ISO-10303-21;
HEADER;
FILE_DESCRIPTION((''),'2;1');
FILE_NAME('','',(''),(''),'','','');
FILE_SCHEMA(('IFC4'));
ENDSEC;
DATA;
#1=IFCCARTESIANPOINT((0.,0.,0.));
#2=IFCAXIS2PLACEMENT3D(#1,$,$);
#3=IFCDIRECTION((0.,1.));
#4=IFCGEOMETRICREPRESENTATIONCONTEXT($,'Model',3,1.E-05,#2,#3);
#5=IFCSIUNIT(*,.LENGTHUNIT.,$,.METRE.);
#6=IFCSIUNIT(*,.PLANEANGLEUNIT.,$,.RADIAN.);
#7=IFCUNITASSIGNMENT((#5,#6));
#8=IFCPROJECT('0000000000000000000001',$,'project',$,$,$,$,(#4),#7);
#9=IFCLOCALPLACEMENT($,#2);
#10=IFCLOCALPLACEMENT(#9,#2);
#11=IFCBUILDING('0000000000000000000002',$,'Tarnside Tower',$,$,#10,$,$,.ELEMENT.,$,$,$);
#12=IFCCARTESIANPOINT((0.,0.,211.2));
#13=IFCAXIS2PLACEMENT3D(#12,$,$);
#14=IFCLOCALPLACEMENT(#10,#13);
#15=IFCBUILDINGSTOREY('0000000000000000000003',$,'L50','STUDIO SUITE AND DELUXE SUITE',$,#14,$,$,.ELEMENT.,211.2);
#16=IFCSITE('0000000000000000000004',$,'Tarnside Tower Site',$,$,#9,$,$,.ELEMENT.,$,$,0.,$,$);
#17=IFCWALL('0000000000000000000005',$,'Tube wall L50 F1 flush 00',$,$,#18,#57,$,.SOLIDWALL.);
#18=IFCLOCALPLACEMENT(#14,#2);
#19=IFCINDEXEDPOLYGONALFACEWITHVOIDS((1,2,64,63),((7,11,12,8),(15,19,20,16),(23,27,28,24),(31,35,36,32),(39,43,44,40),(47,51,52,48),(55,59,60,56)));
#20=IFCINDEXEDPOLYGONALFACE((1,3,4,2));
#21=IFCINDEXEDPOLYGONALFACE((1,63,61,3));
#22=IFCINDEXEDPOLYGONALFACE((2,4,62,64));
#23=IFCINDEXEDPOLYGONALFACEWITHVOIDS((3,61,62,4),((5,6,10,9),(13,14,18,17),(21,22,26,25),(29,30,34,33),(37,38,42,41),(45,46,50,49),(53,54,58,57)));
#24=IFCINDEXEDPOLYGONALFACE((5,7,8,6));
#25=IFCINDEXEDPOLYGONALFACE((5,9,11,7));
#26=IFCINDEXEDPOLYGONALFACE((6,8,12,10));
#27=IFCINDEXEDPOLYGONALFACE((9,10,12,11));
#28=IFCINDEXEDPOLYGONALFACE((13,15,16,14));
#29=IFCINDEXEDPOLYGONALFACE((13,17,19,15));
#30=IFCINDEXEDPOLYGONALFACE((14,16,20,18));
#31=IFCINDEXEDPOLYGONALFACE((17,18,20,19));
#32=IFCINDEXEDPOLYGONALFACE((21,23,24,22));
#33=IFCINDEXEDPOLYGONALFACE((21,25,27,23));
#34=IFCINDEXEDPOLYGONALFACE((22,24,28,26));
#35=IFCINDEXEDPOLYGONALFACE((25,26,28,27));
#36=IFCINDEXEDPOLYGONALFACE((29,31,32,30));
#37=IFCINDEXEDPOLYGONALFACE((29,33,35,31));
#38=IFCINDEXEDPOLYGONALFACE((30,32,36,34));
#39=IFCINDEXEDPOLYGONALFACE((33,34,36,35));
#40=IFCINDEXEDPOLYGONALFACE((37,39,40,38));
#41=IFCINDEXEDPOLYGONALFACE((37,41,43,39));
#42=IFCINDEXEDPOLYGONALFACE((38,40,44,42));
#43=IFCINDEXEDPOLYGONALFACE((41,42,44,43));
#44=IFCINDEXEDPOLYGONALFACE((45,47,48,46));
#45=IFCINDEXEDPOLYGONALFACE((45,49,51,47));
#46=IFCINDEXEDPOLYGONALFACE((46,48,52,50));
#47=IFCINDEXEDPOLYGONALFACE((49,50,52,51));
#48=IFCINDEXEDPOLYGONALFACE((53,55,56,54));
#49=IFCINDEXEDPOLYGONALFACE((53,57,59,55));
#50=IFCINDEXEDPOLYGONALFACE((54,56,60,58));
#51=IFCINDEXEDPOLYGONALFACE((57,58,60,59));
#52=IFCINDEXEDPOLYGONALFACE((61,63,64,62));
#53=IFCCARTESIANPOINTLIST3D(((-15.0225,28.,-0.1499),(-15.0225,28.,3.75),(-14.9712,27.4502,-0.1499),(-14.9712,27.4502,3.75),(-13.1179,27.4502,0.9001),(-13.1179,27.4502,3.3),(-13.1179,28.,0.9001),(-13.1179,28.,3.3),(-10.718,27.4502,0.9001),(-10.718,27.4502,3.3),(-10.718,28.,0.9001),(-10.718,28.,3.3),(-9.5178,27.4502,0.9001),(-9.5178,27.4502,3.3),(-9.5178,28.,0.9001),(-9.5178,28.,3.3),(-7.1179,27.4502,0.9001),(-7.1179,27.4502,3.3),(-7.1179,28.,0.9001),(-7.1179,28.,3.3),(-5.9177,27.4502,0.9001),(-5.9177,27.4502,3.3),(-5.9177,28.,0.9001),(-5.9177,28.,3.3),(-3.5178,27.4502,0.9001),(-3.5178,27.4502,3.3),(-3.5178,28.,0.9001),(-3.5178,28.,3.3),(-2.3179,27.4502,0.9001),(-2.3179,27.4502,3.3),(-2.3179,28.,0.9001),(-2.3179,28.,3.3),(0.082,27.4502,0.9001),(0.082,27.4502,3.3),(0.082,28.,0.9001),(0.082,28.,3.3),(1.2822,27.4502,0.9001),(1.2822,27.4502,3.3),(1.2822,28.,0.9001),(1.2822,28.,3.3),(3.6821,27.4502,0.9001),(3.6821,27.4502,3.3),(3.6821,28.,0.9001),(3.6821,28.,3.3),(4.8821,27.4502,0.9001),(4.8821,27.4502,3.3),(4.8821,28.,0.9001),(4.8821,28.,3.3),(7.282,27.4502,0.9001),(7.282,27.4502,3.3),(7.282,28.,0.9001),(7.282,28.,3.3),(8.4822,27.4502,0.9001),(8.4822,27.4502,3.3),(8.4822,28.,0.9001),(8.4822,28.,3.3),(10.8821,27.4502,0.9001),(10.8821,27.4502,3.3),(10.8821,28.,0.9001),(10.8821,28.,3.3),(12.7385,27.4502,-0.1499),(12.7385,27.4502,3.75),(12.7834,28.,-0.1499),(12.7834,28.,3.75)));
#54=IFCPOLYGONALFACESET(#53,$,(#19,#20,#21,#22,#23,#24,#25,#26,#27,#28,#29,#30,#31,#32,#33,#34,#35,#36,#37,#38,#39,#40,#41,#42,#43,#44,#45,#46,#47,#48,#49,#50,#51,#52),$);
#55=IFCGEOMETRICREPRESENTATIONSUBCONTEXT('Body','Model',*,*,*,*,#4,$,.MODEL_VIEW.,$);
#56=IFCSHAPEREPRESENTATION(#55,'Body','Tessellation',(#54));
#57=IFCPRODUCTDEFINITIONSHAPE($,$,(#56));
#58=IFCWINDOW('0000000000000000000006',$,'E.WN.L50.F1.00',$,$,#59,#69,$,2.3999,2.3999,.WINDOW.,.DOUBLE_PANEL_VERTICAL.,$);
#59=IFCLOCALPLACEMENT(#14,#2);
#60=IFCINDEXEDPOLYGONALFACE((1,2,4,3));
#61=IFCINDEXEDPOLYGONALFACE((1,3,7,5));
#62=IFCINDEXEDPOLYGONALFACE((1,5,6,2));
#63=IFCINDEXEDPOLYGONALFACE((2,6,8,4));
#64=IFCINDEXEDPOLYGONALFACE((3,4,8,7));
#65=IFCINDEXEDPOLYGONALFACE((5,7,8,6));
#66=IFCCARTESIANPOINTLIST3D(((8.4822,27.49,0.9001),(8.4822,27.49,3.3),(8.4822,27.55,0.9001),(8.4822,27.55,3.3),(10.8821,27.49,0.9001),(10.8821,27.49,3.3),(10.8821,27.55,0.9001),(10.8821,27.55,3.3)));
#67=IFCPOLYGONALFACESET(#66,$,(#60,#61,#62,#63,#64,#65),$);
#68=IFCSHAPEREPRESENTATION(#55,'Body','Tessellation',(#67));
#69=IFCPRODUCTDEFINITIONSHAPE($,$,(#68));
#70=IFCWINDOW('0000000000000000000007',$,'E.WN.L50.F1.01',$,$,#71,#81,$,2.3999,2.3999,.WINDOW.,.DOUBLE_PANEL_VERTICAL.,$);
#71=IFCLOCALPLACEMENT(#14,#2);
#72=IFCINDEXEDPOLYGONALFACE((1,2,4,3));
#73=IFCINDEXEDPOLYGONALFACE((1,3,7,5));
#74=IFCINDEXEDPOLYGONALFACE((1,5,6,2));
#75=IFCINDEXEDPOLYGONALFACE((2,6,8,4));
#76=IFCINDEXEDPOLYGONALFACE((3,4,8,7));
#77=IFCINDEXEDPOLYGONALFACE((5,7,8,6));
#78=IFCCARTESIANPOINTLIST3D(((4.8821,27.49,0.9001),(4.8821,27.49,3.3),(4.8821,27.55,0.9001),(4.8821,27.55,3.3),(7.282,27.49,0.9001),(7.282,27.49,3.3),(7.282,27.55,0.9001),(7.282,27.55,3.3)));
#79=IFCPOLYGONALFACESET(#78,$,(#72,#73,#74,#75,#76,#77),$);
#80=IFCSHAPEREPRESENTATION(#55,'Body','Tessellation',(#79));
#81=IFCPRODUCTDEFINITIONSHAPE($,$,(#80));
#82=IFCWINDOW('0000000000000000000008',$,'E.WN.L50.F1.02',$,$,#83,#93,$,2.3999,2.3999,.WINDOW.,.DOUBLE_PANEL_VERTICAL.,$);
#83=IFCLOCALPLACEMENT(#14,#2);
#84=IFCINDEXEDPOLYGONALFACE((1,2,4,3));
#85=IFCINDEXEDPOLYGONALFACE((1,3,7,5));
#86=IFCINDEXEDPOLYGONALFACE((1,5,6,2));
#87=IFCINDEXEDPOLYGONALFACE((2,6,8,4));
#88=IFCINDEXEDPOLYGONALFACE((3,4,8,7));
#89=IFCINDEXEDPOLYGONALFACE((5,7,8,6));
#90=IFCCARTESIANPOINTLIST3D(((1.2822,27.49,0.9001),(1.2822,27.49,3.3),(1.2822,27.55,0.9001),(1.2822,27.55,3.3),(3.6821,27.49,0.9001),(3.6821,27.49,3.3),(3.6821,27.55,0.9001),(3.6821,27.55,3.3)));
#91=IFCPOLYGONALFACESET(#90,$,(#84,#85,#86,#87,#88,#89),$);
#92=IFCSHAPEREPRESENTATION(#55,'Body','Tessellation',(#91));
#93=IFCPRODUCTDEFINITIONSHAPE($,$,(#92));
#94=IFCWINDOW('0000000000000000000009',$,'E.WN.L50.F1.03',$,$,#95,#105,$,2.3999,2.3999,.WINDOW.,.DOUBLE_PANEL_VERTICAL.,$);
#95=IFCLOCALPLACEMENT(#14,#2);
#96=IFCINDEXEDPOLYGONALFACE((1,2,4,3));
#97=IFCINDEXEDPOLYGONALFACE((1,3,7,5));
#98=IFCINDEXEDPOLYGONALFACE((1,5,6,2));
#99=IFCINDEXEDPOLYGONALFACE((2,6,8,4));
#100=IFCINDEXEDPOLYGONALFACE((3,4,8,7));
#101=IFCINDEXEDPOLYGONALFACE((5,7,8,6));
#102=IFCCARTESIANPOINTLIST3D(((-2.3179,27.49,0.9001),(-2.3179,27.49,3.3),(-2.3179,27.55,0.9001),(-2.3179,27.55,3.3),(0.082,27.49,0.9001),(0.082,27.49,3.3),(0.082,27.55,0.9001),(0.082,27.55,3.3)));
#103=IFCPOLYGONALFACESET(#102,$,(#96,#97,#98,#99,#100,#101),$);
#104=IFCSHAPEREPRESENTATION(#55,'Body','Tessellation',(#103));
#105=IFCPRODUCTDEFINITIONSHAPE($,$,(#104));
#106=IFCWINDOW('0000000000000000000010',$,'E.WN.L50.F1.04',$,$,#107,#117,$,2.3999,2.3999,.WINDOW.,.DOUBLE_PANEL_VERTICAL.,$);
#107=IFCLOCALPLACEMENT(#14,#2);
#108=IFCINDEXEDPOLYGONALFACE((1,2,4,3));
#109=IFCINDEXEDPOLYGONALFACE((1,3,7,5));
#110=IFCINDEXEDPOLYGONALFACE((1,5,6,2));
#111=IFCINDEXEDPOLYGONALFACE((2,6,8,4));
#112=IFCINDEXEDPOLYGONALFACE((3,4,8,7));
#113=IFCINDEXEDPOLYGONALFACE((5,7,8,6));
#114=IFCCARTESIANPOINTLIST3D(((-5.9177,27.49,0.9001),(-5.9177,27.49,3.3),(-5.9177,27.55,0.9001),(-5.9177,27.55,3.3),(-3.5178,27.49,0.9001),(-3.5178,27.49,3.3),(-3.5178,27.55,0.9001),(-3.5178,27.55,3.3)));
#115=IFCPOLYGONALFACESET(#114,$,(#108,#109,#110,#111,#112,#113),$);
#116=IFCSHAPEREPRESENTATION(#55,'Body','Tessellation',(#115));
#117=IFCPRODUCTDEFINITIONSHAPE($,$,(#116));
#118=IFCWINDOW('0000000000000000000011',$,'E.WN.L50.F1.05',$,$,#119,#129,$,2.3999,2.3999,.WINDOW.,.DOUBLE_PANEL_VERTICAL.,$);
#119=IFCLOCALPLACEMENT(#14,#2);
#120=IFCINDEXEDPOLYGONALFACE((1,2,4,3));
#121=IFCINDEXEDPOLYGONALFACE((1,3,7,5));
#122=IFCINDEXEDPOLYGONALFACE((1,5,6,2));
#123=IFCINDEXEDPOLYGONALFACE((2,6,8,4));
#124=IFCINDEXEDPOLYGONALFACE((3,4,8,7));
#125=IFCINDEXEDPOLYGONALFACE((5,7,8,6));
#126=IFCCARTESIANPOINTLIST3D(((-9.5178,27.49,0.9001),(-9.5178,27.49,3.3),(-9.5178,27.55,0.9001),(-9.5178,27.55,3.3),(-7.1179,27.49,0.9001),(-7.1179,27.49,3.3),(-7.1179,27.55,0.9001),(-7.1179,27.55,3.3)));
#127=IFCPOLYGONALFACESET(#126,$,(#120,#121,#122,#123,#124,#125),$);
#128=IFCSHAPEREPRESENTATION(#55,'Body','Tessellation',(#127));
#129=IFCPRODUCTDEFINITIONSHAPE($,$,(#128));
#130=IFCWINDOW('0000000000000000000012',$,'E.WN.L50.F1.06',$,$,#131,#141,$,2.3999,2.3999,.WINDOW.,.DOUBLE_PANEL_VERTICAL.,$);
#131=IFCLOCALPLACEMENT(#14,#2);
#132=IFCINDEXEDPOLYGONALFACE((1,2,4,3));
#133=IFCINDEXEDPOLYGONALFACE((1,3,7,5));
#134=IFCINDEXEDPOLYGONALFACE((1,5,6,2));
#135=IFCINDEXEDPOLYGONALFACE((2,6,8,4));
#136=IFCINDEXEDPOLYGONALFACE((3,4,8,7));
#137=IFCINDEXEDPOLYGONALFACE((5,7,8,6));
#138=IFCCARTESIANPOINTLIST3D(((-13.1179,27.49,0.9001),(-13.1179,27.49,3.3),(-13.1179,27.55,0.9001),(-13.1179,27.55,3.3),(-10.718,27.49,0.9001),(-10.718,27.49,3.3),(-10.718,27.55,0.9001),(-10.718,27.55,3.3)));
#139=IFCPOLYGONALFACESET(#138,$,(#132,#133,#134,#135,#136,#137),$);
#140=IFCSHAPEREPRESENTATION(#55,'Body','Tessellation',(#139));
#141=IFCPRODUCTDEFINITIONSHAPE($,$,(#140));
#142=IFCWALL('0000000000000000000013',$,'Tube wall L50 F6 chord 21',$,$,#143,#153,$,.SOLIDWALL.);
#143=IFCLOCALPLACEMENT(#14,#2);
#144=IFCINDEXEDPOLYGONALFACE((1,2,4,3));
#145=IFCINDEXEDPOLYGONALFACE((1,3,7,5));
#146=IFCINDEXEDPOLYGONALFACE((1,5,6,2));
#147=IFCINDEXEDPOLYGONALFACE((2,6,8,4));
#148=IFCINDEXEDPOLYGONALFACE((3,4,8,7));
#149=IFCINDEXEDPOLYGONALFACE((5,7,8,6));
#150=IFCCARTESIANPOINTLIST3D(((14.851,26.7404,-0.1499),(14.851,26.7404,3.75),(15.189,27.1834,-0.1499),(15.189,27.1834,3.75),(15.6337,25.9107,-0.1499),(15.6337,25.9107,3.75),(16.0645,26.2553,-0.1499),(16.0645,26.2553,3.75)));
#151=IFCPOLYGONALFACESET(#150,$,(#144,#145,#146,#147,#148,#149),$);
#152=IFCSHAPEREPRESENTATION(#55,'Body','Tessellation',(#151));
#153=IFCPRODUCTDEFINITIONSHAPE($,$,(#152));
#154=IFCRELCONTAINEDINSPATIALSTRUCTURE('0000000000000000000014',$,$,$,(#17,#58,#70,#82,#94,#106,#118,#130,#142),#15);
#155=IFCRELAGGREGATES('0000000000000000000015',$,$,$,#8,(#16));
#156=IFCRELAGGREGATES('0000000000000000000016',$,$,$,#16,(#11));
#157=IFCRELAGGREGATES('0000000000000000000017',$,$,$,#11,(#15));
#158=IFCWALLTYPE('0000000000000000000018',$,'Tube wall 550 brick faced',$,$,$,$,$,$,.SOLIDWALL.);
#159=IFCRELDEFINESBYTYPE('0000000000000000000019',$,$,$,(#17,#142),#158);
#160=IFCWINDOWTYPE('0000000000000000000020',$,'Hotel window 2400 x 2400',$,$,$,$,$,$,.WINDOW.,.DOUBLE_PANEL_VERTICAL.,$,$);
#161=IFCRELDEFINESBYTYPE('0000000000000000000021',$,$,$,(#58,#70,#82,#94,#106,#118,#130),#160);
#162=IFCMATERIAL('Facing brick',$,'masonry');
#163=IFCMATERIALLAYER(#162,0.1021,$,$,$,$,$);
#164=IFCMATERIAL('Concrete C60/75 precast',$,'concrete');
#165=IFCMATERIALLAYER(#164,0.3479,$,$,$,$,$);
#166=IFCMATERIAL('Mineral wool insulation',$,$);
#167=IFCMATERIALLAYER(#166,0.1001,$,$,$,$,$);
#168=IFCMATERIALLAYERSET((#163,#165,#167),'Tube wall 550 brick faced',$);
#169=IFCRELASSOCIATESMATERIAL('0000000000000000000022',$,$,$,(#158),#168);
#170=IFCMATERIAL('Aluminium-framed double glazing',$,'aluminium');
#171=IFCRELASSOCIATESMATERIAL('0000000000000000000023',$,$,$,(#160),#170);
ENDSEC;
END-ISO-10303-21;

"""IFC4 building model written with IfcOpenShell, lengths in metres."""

from ifc_helpers import new_model, si_unit, direction, frame, frame_2d, origin, place, context, subcontext, project, spatial, polyline, rectangle, outline, extrude, material, layer, layer_set, type_object, element, fill, save


model = new_model("IFC4")

# Units and contexts
model_context = context("Model", 3, precision=1e-05, world=origin(), true_north=direction((0.0, 1.0)))
body_context = subcontext(model_context, "Body", "Model", "MODEL_VIEW")
ifc_project = project(units=[si_unit("LENGTHUNIT", "METRE"), si_unit("PLANEANGLEUNIT", "RADIAN")], contexts=[model_context])

# Site, building, storey
site_placement = place(None, origin())
site = spatial("IfcSite", under=ifc_project, at=site_placement, Name="Tarnside Tower Site", CompositionType="ELEMENT", RefElevation=0.0)
building_placement = place(site_placement, origin())
building = spatial("IfcBuilding", under=site, at=building_placement, Name="Tarnside Tower", CompositionType="ELEMENT")
storey_placement = place(building_placement, frame((0.0, 0.0, 211.2)))
storey = spatial("IfcBuildingStorey", under=building, at=storey_placement, Name="L50", Description="STUDIO SUITE AND DELUXE SUITE", CompositionType="ELEMENT", Elevation=211.2)

# Wall, openings, windows
ifc_material_1 = material(Name="Facing brick", Category="masonry")
ifc_layer_1 = layer(ifc_material_1, 0.1021)
ifc_material_2 = material(Name="Concrete C60/75 precast", Category="concrete")
ifc_layer_2 = layer(ifc_material_2, 0.3479)
ifc_material_3 = material(Name="Mineral wool insulation")
ifc_layer_3 = layer(ifc_material_3, 0.1001)
ifc_layer_set_1 = layer_set([ifc_layer_1, ifc_layer_2, ifc_layer_3], Name="Tube wall 550 brick faced")
wall_type_1 = type_object("IfcWallType", Name="Tube wall 550 brick faced", PredefinedType="SOLIDWALL", material=ifc_layer_set_1)
wall_1_placement = place(storey_placement, frame((12.761, 27.7251, -0.1499), z_axis=(0.0, 0.0, 1.0), x_axis=(-1.0, 0.0, 0.0)))
wall_1 = element("IfcWall", 1, at=wall_1_placement, inside=storey, type_object=wall_type_1, Name="Tube wall L50 F1 flush 00", PredefinedType="SOLIDWALL", context=body_context, shape_type="SweptSolid", body=[
    extrude(outline(polyline([(-0.0225, -0.2749), (27.7834, -0.2749), (27.7322, 0.2749), (0.0225, 0.2749), (-0.0225, -0.2749)])), origin(), (0.0, 0.0, 1.0), 3.8999),
])
opening_1_placement = place(wall_1_placement, frame((1.8789, 0.0, 1.05)))
opening_1 = element("IfcOpeningElement", 2, at=opening_1_placement, cuts=wall_1, PredefinedType="OPENING", context=body_context, shape_type="SweptSolid", body=[
    extrude(rectangle(XDim=2.3999, YDim=2.3999, at=frame_2d((1.2, 1.2))), frame((0.0, 0.2852, 0.0), z_axis=(0.0, -1.0, 0.0), x_axis=(1.0, 0.0, 0.0)), (0.0, 0.0, 1.0), 0.5701),
])
opening_2_placement = place(wall_1_placement, frame((5.479, 0.0, 1.05)))
opening_2 = element("IfcOpeningElement", 3, at=opening_2_placement, cuts=wall_1, PredefinedType="OPENING", context=body_context, shape_type="SweptSolid", body=[
    extrude(rectangle(XDim=2.3999, YDim=2.3999, at=frame_2d((1.2, 1.2))), frame((0.0, 0.2852, 0.0), z_axis=(0.0, -1.0, 0.0), x_axis=(1.0, 0.0, 0.0)), (0.0, 0.0, 1.0), 0.5701),
])
opening_3_placement = place(wall_1_placement, frame((9.0789, 0.0, 1.05)))
opening_3 = element("IfcOpeningElement", 4, at=opening_3_placement, cuts=wall_1, PredefinedType="OPENING", context=body_context, shape_type="SweptSolid", body=[
    extrude(rectangle(XDim=2.3999, YDim=2.3999, at=frame_2d((1.2, 1.2))), frame((0.0, 0.2852, 0.0), z_axis=(0.0, -1.0, 0.0), x_axis=(1.0, 0.0, 0.0)), (0.0, 0.0, 1.0), 0.5701),
])
opening_4_placement = place(wall_1_placement, frame((12.679, 0.0, 1.05)))
opening_4 = element("IfcOpeningElement", 5, at=opening_4_placement, cuts=wall_1, PredefinedType="OPENING", context=body_context, shape_type="SweptSolid", body=[
    extrude(rectangle(XDim=2.3999, YDim=2.3999, at=frame_2d((1.2, 1.2))), frame((0.0, 0.2852, 0.0), z_axis=(0.0, -1.0, 0.0), x_axis=(1.0, 0.0, 0.0)), (0.0, 0.0, 1.0), 0.5701),
])
opening_5_placement = place(wall_1_placement, frame((16.2788, 0.0, 1.05)))
opening_5 = element("IfcOpeningElement", 6, at=opening_5_placement, cuts=wall_1, PredefinedType="OPENING", context=body_context, shape_type="SweptSolid", body=[
    extrude(rectangle(XDim=2.3999, YDim=2.3999, at=frame_2d((1.2, 1.2))), frame((0.0, 0.2852, 0.0), z_axis=(0.0, -1.0, 0.0), x_axis=(1.0, 0.0, 0.0)), (0.0, 0.0, 1.0), 0.5701),
])
opening_6_placement = place(wall_1_placement, frame((19.8789, 0.0, 1.05)))
opening_6 = element("IfcOpeningElement", 7, at=opening_6_placement, cuts=wall_1, PredefinedType="OPENING", context=body_context, shape_type="SweptSolid", body=[
    extrude(rectangle(XDim=2.3999, YDim=2.3999, at=frame_2d((1.2, 1.2))), frame((0.0, 0.2852, 0.0), z_axis=(0.0, -1.0, 0.0), x_axis=(1.0, 0.0, 0.0)), (0.0, 0.0, 1.0), 0.5701),
])
opening_7_placement = place(wall_1_placement, frame((23.479, 0.0, 1.05)))
opening_7 = element("IfcOpeningElement", 8, at=opening_7_placement, cuts=wall_1, PredefinedType="OPENING", context=body_context, shape_type="SweptSolid", body=[
    extrude(rectangle(XDim=2.3999, YDim=2.3999, at=frame_2d((1.2, 1.2))), frame((0.0, 0.2852, 0.0), z_axis=(0.0, -1.0, 0.0), x_axis=(1.0, 0.0, 0.0)), (0.0, 0.0, 1.0), 0.5701),
])
ifc_material_4 = material(Name="Aluminium-framed double glazing", Category="aluminium")
window_type = type_object("IfcWindowType", Name="Hotel window 2400 x 2400", PartitioningType="DOUBLE_PANEL_VERTICAL", PredefinedType="WINDOW", material=ifc_material_4)
window_1_placement = place(opening_1_placement, frame((0.0, 0.2051, 0.0)))
window_1 = element("IfcWindow", 9, at=window_1_placement, inside=storey, type_object=window_type, Name="E.WN.L50.F1.00", OverallHeight=2.3999, OverallWidth=2.3999, PartitioningType="DOUBLE_PANEL_VERTICAL", PredefinedType="WINDOW", context=body_context, shape_type="SweptSolid", body=[
    extrude(rectangle(XDim=2.3999, YDim=2.3999, at=frame_2d((1.2, 1.2))), frame((0.0, 0.03, 0.0), z_axis=(0.0, -1.0, 0.0), x_axis=(1.0, 0.0, 0.0)), (0.0, 0.0, 1.0), 0.0601),
])
fill(opening_1, window_1)
window_2_placement = place(opening_2_placement, frame((0.0, 0.2051, 0.0)))
window_2 = element("IfcWindow", 10, at=window_2_placement, inside=storey, type_object=window_type, Name="E.WN.L50.F1.01", OverallHeight=2.3999, OverallWidth=2.3999, PartitioningType="DOUBLE_PANEL_VERTICAL", PredefinedType="WINDOW", context=body_context, shape_type="SweptSolid", body=[
    extrude(rectangle(XDim=2.3999, YDim=2.3999, at=frame_2d((1.2, 1.2))), frame((0.0, 0.03, 0.0), z_axis=(0.0, -1.0, 0.0), x_axis=(1.0, 0.0, 0.0)), (0.0, 0.0, 1.0), 0.0601),
])
fill(opening_2, window_2)
window_3_placement = place(opening_3_placement, frame((0.0, 0.2051, 0.0)))
window_3 = element("IfcWindow", 11, at=window_3_placement, inside=storey, type_object=window_type, Name="E.WN.L50.F1.02", OverallHeight=2.3999, OverallWidth=2.3999, PartitioningType="DOUBLE_PANEL_VERTICAL", PredefinedType="WINDOW", context=body_context, shape_type="SweptSolid", body=[
    extrude(rectangle(XDim=2.3999, YDim=2.3999, at=frame_2d((1.2, 1.2))), frame((0.0, 0.03, 0.0), z_axis=(0.0, -1.0, 0.0), x_axis=(1.0, 0.0, 0.0)), (0.0, 0.0, 1.0), 0.0601),
])
fill(opening_3, window_3)
window_4_placement = place(opening_4_placement, frame((0.0, 0.2051, 0.0)))
window_4 = element("IfcWindow", 12, at=window_4_placement, inside=storey, type_object=window_type, Name="E.WN.L50.F1.03", OverallHeight=2.3999, OverallWidth=2.3999, PartitioningType="DOUBLE_PANEL_VERTICAL", PredefinedType="WINDOW", context=body_context, shape_type="SweptSolid", body=[
    extrude(rectangle(XDim=2.3999, YDim=2.3999, at=frame_2d((1.2, 1.2))), frame((0.0, 0.03, 0.0), z_axis=(0.0, -1.0, 0.0), x_axis=(1.0, 0.0, 0.0)), (0.0, 0.0, 1.0), 0.0601),
])
fill(opening_4, window_4)
window_5_placement = place(opening_5_placement, frame((0.0, 0.2051, 0.0)))
window_5 = element("IfcWindow", 13, at=window_5_placement, inside=storey, type_object=window_type, Name="E.WN.L50.F1.04", OverallHeight=2.3999, OverallWidth=2.3999, PartitioningType="DOUBLE_PANEL_VERTICAL", PredefinedType="WINDOW", context=body_context, shape_type="SweptSolid", body=[
    extrude(rectangle(XDim=2.3999, YDim=2.3999, at=frame_2d((1.2, 1.2))), frame((0.0, 0.03, 0.0), z_axis=(0.0, -1.0, 0.0), x_axis=(1.0, 0.0, 0.0)), (0.0, 0.0, 1.0), 0.0601),
])
fill(opening_5, window_5)
window_6_placement = place(opening_6_placement, frame((0.0, 0.2051, 0.0)))
window_6 = element("IfcWindow", 14, at=window_6_placement, inside=storey, type_object=window_type, Name="E.WN.L50.F1.05", OverallHeight=2.3999, OverallWidth=2.3999, PartitioningType="DOUBLE_PANEL_VERTICAL", PredefinedType="WINDOW", context=body_context, shape_type="SweptSolid", body=[
    extrude(rectangle(XDim=2.3999, YDim=2.3999, at=frame_2d((1.2, 1.2))), frame((0.0, 0.03, 0.0), z_axis=(0.0, -1.0, 0.0), x_axis=(1.0, 0.0, 0.0)), (0.0, 0.0, 1.0), 0.0601),
])
fill(opening_6, window_6)
window_7_placement = place(opening_7_placement, frame((0.0, 0.2051, 0.0)))
window_7 = element("IfcWindow", 15, at=window_7_placement, inside=storey, type_object=window_type, Name="E.WN.L50.F1.06", OverallHeight=2.3999, OverallWidth=2.3999, PartitioningType="DOUBLE_PANEL_VERTICAL", PredefinedType="WINDOW", context=body_context, shape_type="SweptSolid", body=[
    extrude(rectangle(XDim=2.3999, YDim=2.3999, at=frame_2d((1.2, 1.2))), frame((0.0, 0.03, 0.0), z_axis=(0.0, -1.0, 0.0), x_axis=(1.0, 0.0, 0.0)), (0.0, 0.0, 1.0), 0.0601),
])
fill(opening_7, window_7)

# Wall
wall_2_placement = place(storey_placement, frame((15.8491, 26.083, -0.1499), z_axis=(0.0, 0.0, 1.0), x_axis=(-0.686196, 0.727416, 0.0)))
element("IfcWall", 16, at=wall_2_placement, inside=storey, type_object=wall_type_1, Name="Tube wall L50 F6 chord 21", PredefinedType="SOLIDWALL", context=body_context, shape_type="SweptSolid", body=[
    extrude(outline(polyline([(-0.0225, -0.2749), (1.2534, -0.2749), (1.1631, 0.2749), (0.0225, 0.2749), (-0.0225, -0.2749)])), origin(), (0.0, 0.0, 1.0), 3.8999),
])

save(model, "model.ifc")
